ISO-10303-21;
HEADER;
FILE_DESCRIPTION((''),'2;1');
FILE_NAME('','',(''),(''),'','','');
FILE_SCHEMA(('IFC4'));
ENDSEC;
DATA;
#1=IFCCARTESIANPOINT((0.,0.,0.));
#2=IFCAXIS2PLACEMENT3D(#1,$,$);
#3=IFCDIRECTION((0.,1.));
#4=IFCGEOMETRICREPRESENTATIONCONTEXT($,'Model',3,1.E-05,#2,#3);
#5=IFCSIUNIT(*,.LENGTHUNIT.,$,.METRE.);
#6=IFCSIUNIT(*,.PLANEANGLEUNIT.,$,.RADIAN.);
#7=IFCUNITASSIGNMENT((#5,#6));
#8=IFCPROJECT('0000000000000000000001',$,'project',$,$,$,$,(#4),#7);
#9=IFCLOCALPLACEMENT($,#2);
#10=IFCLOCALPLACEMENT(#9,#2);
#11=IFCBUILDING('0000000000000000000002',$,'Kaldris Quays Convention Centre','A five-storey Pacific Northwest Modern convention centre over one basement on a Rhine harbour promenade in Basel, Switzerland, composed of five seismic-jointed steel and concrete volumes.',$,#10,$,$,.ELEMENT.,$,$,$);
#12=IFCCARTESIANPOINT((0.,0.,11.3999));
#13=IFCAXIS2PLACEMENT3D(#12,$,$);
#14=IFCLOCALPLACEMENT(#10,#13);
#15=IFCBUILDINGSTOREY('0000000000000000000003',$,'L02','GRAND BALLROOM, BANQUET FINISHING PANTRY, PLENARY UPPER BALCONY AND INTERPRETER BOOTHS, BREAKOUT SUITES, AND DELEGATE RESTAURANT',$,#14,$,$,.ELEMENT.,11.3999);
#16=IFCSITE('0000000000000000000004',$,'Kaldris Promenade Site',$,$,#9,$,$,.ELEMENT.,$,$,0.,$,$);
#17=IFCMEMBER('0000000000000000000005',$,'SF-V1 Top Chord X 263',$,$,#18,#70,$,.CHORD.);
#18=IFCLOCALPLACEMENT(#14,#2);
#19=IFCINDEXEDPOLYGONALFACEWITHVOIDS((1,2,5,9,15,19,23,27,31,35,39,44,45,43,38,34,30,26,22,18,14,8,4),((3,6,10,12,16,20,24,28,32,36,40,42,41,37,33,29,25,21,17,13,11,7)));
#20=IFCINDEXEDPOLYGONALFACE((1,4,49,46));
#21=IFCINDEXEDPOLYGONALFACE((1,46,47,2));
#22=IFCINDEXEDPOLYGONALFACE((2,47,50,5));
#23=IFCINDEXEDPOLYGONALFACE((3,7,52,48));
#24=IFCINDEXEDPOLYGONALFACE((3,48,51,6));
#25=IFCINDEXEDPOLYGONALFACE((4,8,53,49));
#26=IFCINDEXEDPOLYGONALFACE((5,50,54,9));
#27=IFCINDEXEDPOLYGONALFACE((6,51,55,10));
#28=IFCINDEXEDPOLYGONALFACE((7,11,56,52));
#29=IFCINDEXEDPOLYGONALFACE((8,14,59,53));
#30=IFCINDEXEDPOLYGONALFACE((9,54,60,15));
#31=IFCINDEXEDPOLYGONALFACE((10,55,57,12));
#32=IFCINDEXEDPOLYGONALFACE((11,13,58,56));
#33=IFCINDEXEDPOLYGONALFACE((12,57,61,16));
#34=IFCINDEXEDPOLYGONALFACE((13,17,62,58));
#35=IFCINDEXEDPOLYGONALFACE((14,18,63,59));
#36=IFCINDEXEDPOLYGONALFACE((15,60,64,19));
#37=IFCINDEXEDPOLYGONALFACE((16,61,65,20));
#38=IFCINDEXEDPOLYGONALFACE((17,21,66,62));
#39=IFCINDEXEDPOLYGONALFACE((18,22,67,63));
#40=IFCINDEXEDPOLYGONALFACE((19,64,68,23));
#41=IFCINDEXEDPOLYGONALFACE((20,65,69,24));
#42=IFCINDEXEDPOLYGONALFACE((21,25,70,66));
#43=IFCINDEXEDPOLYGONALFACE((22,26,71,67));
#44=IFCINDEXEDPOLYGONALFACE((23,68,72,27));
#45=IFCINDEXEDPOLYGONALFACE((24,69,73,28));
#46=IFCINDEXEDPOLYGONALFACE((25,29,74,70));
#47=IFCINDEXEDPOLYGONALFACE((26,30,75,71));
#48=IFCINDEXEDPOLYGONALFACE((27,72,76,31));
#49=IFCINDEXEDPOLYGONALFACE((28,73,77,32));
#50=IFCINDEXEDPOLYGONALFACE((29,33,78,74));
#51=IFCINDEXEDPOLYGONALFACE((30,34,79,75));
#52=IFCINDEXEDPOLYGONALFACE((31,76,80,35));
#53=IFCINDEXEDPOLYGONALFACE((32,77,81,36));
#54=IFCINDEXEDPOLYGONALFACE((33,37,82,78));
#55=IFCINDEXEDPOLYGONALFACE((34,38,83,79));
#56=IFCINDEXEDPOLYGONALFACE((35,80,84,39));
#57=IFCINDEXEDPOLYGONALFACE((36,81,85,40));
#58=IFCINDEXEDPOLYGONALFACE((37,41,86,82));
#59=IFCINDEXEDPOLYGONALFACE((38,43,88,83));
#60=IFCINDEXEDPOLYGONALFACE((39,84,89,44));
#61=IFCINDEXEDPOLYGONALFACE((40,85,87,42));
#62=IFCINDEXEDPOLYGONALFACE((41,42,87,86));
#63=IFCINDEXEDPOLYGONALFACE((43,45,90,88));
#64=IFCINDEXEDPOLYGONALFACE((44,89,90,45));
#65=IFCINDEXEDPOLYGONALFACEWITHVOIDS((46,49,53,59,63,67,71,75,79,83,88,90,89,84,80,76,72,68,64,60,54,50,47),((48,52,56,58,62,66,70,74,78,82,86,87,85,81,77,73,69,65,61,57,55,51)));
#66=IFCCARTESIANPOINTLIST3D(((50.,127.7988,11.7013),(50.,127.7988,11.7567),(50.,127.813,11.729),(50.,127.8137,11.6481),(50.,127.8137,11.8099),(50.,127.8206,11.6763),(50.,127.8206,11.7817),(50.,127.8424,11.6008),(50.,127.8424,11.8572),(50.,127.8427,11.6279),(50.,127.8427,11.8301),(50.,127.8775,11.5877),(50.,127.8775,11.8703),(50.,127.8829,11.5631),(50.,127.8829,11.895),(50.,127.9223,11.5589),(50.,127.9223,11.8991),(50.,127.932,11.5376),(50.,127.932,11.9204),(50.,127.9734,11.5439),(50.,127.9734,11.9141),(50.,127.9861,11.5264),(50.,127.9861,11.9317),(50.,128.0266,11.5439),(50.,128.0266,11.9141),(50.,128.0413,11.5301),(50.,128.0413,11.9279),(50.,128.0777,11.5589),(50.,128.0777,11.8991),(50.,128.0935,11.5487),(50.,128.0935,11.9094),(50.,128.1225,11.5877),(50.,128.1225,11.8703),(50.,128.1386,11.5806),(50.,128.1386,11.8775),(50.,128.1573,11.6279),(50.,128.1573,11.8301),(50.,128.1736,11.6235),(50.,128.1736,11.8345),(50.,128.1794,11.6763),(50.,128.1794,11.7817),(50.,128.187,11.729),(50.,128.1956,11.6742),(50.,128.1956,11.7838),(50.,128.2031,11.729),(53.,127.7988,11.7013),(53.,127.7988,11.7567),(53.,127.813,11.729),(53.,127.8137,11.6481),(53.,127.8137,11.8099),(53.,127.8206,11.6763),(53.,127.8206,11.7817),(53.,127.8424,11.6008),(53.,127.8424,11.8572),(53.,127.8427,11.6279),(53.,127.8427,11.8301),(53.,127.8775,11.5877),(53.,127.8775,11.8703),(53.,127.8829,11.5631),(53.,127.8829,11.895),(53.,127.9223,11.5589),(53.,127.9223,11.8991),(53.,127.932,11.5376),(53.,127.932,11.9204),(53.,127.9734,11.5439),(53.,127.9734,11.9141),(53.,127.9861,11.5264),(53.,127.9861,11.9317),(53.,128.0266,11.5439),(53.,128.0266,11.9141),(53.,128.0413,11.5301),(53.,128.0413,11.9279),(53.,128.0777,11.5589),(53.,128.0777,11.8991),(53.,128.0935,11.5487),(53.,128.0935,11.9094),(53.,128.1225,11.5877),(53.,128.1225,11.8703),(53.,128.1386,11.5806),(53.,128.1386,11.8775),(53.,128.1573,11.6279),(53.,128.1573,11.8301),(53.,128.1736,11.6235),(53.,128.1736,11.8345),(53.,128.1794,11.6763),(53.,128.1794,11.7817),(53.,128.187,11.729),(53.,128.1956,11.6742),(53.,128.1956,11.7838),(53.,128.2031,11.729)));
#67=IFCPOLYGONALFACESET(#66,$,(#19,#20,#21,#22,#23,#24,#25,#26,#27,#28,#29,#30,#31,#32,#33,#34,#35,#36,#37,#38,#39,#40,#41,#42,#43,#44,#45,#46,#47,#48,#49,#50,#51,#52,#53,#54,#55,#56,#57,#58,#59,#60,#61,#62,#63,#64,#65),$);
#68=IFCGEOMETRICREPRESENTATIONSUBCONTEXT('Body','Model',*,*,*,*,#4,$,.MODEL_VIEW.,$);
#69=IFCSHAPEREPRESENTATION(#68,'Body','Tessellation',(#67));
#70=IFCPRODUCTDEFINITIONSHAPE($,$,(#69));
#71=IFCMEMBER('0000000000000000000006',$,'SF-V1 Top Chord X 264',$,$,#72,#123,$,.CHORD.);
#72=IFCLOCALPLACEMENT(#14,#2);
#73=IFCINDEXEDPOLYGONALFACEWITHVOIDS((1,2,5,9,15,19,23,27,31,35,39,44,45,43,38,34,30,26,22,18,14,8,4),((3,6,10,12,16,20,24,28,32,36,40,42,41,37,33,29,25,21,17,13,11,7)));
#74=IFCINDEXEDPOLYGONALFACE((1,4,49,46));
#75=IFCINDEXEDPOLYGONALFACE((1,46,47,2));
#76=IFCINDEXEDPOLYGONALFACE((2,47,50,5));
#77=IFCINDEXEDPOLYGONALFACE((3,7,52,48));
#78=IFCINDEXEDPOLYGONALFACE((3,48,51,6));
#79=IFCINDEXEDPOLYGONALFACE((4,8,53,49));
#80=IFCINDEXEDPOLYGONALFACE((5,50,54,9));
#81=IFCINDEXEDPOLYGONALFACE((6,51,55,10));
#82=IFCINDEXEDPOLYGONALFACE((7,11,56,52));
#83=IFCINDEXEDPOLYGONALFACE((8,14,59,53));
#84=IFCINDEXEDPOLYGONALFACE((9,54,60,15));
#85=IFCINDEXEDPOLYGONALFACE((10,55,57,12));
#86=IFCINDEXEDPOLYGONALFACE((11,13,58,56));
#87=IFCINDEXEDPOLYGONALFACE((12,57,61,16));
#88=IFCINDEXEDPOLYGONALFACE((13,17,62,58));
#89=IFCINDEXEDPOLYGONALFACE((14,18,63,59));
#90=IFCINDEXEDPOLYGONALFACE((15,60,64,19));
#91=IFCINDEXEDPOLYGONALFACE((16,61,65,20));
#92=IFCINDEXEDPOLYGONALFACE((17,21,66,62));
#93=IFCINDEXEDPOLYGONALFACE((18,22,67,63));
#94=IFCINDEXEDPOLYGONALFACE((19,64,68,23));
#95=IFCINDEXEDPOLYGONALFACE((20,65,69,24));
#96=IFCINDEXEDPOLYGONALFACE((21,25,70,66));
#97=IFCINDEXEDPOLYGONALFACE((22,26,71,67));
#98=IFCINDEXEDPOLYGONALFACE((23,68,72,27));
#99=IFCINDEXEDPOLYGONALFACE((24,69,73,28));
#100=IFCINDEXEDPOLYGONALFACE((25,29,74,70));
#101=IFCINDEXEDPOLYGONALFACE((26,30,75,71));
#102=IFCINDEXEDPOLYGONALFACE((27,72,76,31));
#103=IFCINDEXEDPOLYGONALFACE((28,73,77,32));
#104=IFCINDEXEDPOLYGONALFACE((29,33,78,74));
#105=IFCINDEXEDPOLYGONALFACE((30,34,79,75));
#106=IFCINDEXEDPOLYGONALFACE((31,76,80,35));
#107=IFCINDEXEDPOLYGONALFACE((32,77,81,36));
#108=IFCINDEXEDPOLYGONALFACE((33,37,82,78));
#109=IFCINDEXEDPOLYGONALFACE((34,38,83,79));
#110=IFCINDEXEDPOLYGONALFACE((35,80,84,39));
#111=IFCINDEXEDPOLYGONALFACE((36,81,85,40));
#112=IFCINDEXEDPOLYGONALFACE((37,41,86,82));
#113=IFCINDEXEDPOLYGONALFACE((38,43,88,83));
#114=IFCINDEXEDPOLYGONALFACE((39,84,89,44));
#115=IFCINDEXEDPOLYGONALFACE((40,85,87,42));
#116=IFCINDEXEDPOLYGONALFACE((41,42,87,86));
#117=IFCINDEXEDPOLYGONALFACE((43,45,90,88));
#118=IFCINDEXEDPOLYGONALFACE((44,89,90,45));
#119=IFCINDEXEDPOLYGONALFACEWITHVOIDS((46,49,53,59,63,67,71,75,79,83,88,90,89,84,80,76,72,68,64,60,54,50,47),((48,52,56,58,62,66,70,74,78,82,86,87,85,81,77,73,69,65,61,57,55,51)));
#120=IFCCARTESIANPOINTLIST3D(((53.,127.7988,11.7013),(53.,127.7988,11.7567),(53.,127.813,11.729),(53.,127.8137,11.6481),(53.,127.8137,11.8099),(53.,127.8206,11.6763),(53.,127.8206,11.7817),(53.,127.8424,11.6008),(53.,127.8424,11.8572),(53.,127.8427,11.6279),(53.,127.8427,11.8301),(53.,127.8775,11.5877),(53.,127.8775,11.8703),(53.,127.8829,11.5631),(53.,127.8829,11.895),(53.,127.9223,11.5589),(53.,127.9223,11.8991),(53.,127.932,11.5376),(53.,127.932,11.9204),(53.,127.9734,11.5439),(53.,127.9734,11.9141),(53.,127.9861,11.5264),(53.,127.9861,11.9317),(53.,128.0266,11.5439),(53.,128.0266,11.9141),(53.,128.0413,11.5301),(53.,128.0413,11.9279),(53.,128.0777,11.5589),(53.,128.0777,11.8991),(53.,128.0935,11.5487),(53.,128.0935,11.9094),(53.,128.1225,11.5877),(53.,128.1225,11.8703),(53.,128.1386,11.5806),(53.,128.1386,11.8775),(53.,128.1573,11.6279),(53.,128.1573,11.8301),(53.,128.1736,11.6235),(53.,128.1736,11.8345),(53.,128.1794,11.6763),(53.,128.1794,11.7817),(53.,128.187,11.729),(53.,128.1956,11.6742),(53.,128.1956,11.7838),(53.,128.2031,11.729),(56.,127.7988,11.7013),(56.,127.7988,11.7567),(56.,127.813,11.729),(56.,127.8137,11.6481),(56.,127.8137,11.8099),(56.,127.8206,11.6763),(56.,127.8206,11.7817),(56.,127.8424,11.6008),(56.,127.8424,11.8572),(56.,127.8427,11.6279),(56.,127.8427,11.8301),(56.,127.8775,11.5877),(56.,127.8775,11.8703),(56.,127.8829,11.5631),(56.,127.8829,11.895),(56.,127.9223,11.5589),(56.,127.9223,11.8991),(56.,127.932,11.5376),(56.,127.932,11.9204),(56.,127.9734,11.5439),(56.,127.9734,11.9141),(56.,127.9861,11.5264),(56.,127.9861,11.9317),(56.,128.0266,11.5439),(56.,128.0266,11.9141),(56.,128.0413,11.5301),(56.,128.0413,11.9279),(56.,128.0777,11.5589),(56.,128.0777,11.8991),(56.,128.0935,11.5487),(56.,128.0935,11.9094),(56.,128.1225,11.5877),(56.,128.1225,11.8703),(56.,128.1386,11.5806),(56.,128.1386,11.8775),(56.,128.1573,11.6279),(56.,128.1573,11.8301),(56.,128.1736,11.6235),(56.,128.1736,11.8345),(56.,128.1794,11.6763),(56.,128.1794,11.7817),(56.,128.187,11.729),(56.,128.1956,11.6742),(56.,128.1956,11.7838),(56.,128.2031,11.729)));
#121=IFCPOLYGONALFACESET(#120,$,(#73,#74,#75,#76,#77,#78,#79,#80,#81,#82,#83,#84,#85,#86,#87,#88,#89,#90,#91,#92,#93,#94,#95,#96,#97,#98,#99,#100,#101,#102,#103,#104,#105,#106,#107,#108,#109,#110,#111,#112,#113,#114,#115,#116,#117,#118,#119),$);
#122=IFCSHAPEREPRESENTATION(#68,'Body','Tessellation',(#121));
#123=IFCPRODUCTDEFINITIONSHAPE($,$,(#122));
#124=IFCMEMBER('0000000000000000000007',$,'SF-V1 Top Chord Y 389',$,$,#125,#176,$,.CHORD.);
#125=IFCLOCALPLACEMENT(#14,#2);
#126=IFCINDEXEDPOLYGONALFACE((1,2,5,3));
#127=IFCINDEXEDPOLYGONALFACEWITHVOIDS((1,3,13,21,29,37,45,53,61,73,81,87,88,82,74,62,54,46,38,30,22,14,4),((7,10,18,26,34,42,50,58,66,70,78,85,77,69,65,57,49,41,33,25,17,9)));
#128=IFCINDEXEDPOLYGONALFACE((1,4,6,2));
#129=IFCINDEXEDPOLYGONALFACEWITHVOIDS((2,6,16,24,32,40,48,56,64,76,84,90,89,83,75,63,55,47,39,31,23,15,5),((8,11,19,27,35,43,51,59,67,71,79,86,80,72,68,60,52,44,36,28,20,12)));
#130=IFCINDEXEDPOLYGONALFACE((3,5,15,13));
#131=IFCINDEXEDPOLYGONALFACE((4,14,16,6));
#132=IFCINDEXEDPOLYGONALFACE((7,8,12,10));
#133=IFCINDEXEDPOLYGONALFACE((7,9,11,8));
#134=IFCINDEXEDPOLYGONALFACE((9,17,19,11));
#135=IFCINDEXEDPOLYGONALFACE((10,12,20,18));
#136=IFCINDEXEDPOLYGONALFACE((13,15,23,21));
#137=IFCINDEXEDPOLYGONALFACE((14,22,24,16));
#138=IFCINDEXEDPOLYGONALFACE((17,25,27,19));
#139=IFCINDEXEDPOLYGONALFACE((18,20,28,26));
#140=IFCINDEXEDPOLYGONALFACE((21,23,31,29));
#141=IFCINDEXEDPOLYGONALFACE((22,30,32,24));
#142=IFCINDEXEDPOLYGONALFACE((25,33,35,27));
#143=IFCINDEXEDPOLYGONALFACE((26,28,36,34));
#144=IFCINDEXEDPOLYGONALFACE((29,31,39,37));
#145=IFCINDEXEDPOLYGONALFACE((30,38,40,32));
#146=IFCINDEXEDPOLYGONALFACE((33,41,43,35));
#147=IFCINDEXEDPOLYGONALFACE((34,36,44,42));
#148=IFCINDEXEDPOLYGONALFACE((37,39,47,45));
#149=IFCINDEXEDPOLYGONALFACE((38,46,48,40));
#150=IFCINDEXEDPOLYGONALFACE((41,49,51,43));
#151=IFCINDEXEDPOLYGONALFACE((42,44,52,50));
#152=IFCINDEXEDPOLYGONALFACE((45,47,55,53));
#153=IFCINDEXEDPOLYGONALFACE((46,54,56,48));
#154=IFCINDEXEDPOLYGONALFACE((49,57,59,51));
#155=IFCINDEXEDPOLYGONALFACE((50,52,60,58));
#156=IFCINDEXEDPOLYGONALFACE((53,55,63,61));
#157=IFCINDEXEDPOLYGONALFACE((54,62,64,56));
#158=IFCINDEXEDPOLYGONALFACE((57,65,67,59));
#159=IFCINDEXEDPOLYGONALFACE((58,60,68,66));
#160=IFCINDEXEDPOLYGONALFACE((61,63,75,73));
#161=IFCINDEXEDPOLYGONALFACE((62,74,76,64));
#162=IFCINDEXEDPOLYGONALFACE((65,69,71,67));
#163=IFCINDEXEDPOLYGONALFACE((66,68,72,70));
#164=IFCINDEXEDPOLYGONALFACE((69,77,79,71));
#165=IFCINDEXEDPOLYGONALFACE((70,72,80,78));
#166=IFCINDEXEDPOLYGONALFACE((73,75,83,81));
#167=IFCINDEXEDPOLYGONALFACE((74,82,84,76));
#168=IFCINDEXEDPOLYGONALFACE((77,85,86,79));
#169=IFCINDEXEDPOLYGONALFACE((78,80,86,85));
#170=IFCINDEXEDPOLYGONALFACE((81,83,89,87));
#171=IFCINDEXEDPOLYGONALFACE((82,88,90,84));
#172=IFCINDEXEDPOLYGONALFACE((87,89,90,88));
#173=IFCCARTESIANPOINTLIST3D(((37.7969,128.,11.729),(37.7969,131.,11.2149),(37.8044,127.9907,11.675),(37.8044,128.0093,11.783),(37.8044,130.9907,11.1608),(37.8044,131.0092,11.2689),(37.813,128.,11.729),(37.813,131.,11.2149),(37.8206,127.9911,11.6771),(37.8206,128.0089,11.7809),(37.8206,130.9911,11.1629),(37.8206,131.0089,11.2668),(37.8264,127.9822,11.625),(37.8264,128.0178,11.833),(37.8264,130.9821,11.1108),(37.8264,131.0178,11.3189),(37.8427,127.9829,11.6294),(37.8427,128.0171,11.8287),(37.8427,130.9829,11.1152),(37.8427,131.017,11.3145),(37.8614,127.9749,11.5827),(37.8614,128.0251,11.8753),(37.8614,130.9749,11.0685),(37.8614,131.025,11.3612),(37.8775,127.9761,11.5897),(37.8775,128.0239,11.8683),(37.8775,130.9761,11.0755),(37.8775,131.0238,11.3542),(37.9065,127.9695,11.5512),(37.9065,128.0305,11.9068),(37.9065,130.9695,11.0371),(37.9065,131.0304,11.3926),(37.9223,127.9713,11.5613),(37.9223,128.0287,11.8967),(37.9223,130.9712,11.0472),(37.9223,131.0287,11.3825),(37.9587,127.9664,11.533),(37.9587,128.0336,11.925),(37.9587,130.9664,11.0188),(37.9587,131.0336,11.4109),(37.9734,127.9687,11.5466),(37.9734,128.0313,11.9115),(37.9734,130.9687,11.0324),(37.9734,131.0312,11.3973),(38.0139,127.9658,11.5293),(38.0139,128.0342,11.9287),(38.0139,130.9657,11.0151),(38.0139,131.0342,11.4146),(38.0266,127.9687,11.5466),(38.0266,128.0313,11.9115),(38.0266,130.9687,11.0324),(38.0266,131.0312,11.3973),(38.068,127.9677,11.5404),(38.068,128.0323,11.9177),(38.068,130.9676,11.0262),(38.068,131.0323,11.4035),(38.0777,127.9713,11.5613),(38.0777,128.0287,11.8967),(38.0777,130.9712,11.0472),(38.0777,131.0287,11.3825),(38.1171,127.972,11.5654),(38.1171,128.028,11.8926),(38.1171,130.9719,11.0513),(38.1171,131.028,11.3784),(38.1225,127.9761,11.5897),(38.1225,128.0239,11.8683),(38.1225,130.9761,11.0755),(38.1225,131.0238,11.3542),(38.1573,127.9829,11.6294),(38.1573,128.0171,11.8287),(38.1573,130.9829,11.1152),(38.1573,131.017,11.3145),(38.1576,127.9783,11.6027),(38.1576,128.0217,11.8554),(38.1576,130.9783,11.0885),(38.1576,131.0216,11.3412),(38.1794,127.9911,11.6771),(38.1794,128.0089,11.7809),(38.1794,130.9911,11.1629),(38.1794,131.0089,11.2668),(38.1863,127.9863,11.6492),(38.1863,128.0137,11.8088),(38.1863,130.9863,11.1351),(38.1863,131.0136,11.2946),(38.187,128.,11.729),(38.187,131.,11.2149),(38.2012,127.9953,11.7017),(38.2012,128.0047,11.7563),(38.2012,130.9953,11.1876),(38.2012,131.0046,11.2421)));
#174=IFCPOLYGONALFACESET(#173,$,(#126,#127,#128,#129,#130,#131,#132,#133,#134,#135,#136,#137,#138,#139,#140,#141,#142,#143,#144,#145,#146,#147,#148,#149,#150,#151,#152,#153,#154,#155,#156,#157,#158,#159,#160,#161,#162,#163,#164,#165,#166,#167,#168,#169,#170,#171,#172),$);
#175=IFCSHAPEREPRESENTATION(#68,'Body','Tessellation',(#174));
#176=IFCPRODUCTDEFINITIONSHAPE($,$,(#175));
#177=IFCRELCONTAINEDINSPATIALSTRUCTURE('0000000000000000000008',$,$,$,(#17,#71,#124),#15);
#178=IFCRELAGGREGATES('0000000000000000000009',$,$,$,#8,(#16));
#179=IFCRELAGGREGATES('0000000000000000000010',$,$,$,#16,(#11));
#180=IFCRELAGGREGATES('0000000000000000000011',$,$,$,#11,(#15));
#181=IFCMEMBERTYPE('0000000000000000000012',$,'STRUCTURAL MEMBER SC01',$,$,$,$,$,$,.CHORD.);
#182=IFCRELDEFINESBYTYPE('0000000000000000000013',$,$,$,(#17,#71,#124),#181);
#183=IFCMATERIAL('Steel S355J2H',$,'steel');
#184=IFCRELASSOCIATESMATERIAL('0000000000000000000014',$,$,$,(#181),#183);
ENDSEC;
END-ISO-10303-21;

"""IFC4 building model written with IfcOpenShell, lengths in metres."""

from ifc_helpers import new_model, si_unit, direction, frame, origin, origin_2d, place, context, subcontext, project, spatial, hollow_circle, extrude, material, material_profile, profile_set, type_object, element, save


model = new_model("IFC4")

# Units and contexts
model_context = context("Model", 3, precision=1e-05, world=origin(), true_north=direction((0.0, 1.0)))
body_context = subcontext(model_context, "Body", "Model", "MODEL_VIEW")
ifc_project = project(units=[si_unit("LENGTHUNIT", "METRE"), si_unit("PLANEANGLEUNIT", "RADIAN")], contexts=[model_context])

# Site, building, storey
site_placement = place(None, origin())
site = spatial("IfcSite", under=ifc_project, at=site_placement, Name="Kaldris Promenade Site", CompositionType="ELEMENT", RefElevation=0.0)
building_placement = place(site_placement, origin())
building = spatial("IfcBuilding", under=site, at=building_placement, Name="Kaldris Quays Convention Centre", Description="A five-storey Pacific Northwest Modern convention centre over one basement on a Rhine harbour promenade in Basel, Switzerland, composed of five seismic-jointed steel and concrete volumes.", CompositionType="ELEMENT")
storey_placement = place(building_placement, frame((0.0, 0.0, 11.3999)))
storey = spatial("IfcBuildingStorey", under=building, at=storey_placement, Name="L02", Description="GRAND BALLROOM, BANQUET FINISHING PANTRY, PLENARY UPPER BALCONY AND INTERPRETER BOOTHS, BREAKOUT SUITES, AND DELEGATE RESTAURANT", CompositionType="ELEMENT", Elevation=11.3999)

# Members
ifc_material = material(Name="Steel S355J2H", Category="steel")
ifc_material_profile_1 = material_profile(ifc_material, hollow_circle(Radius=0.2031, WallThickness=0.0161, at=origin_2d()), Name="CHS 406.4x16")
ifc_profile_set_1 = profile_set([ifc_material_profile_1], Name="Steel S355J2H")
member_type_1 = type_object("IfcMemberType", Name="STRUCTURAL MEMBER SC01", PredefinedType="CHORD", material=ifc_profile_set_1)
for number, where, z_axis, x_axis, name in (
    (1, (50.0, 128.0, 11.729), (1.0, 0.0, 0.0), (0.0, 1.0, 0.0), "SF-V1 Top Chord X 263"),
    (2, (53.0, 128.0, 11.729), (1.0, 0.0, 0.0), (0.0, 1.0, 0.0), "SF-V1 Top Chord X 264"),
):
    element("IfcMember", number, at=place(storey_placement, frame(where, z_axis=z_axis, x_axis=x_axis)), inside=storey, type_object=member_type_1, Name=name, PredefinedType="CHORD", context=body_context, shape_type="SweptSolid", body=[
        extrude(hollow_circle(Radius=0.2031, WallThickness=0.0161, at=origin_2d()), origin(), (0.0, 0.0, 1.0), 3.0),
    ])
for number, where, z_axis, x_axis, name in (
    (3, (38.0, 128.0, 11.729), (0.0, 0.985629, -0.168924), (-1.0, 0.0, 0.0), "SF-V1 Top Chord Y 389"),
):
    element("IfcMember", number, at=place(storey_placement, frame(where, z_axis=z_axis, x_axis=x_axis)), inside=storey, type_object=member_type_1, Name=name, PredefinedType="CHORD", context=body_context, shape_type="SweptSolid", body=[
        extrude(hollow_circle(Radius=0.2031, WallThickness=0.0161, at=origin_2d()), origin(), (0.0, 0.0, 1.0), 3.0437),
    ])

save(model, "model.ifc")
